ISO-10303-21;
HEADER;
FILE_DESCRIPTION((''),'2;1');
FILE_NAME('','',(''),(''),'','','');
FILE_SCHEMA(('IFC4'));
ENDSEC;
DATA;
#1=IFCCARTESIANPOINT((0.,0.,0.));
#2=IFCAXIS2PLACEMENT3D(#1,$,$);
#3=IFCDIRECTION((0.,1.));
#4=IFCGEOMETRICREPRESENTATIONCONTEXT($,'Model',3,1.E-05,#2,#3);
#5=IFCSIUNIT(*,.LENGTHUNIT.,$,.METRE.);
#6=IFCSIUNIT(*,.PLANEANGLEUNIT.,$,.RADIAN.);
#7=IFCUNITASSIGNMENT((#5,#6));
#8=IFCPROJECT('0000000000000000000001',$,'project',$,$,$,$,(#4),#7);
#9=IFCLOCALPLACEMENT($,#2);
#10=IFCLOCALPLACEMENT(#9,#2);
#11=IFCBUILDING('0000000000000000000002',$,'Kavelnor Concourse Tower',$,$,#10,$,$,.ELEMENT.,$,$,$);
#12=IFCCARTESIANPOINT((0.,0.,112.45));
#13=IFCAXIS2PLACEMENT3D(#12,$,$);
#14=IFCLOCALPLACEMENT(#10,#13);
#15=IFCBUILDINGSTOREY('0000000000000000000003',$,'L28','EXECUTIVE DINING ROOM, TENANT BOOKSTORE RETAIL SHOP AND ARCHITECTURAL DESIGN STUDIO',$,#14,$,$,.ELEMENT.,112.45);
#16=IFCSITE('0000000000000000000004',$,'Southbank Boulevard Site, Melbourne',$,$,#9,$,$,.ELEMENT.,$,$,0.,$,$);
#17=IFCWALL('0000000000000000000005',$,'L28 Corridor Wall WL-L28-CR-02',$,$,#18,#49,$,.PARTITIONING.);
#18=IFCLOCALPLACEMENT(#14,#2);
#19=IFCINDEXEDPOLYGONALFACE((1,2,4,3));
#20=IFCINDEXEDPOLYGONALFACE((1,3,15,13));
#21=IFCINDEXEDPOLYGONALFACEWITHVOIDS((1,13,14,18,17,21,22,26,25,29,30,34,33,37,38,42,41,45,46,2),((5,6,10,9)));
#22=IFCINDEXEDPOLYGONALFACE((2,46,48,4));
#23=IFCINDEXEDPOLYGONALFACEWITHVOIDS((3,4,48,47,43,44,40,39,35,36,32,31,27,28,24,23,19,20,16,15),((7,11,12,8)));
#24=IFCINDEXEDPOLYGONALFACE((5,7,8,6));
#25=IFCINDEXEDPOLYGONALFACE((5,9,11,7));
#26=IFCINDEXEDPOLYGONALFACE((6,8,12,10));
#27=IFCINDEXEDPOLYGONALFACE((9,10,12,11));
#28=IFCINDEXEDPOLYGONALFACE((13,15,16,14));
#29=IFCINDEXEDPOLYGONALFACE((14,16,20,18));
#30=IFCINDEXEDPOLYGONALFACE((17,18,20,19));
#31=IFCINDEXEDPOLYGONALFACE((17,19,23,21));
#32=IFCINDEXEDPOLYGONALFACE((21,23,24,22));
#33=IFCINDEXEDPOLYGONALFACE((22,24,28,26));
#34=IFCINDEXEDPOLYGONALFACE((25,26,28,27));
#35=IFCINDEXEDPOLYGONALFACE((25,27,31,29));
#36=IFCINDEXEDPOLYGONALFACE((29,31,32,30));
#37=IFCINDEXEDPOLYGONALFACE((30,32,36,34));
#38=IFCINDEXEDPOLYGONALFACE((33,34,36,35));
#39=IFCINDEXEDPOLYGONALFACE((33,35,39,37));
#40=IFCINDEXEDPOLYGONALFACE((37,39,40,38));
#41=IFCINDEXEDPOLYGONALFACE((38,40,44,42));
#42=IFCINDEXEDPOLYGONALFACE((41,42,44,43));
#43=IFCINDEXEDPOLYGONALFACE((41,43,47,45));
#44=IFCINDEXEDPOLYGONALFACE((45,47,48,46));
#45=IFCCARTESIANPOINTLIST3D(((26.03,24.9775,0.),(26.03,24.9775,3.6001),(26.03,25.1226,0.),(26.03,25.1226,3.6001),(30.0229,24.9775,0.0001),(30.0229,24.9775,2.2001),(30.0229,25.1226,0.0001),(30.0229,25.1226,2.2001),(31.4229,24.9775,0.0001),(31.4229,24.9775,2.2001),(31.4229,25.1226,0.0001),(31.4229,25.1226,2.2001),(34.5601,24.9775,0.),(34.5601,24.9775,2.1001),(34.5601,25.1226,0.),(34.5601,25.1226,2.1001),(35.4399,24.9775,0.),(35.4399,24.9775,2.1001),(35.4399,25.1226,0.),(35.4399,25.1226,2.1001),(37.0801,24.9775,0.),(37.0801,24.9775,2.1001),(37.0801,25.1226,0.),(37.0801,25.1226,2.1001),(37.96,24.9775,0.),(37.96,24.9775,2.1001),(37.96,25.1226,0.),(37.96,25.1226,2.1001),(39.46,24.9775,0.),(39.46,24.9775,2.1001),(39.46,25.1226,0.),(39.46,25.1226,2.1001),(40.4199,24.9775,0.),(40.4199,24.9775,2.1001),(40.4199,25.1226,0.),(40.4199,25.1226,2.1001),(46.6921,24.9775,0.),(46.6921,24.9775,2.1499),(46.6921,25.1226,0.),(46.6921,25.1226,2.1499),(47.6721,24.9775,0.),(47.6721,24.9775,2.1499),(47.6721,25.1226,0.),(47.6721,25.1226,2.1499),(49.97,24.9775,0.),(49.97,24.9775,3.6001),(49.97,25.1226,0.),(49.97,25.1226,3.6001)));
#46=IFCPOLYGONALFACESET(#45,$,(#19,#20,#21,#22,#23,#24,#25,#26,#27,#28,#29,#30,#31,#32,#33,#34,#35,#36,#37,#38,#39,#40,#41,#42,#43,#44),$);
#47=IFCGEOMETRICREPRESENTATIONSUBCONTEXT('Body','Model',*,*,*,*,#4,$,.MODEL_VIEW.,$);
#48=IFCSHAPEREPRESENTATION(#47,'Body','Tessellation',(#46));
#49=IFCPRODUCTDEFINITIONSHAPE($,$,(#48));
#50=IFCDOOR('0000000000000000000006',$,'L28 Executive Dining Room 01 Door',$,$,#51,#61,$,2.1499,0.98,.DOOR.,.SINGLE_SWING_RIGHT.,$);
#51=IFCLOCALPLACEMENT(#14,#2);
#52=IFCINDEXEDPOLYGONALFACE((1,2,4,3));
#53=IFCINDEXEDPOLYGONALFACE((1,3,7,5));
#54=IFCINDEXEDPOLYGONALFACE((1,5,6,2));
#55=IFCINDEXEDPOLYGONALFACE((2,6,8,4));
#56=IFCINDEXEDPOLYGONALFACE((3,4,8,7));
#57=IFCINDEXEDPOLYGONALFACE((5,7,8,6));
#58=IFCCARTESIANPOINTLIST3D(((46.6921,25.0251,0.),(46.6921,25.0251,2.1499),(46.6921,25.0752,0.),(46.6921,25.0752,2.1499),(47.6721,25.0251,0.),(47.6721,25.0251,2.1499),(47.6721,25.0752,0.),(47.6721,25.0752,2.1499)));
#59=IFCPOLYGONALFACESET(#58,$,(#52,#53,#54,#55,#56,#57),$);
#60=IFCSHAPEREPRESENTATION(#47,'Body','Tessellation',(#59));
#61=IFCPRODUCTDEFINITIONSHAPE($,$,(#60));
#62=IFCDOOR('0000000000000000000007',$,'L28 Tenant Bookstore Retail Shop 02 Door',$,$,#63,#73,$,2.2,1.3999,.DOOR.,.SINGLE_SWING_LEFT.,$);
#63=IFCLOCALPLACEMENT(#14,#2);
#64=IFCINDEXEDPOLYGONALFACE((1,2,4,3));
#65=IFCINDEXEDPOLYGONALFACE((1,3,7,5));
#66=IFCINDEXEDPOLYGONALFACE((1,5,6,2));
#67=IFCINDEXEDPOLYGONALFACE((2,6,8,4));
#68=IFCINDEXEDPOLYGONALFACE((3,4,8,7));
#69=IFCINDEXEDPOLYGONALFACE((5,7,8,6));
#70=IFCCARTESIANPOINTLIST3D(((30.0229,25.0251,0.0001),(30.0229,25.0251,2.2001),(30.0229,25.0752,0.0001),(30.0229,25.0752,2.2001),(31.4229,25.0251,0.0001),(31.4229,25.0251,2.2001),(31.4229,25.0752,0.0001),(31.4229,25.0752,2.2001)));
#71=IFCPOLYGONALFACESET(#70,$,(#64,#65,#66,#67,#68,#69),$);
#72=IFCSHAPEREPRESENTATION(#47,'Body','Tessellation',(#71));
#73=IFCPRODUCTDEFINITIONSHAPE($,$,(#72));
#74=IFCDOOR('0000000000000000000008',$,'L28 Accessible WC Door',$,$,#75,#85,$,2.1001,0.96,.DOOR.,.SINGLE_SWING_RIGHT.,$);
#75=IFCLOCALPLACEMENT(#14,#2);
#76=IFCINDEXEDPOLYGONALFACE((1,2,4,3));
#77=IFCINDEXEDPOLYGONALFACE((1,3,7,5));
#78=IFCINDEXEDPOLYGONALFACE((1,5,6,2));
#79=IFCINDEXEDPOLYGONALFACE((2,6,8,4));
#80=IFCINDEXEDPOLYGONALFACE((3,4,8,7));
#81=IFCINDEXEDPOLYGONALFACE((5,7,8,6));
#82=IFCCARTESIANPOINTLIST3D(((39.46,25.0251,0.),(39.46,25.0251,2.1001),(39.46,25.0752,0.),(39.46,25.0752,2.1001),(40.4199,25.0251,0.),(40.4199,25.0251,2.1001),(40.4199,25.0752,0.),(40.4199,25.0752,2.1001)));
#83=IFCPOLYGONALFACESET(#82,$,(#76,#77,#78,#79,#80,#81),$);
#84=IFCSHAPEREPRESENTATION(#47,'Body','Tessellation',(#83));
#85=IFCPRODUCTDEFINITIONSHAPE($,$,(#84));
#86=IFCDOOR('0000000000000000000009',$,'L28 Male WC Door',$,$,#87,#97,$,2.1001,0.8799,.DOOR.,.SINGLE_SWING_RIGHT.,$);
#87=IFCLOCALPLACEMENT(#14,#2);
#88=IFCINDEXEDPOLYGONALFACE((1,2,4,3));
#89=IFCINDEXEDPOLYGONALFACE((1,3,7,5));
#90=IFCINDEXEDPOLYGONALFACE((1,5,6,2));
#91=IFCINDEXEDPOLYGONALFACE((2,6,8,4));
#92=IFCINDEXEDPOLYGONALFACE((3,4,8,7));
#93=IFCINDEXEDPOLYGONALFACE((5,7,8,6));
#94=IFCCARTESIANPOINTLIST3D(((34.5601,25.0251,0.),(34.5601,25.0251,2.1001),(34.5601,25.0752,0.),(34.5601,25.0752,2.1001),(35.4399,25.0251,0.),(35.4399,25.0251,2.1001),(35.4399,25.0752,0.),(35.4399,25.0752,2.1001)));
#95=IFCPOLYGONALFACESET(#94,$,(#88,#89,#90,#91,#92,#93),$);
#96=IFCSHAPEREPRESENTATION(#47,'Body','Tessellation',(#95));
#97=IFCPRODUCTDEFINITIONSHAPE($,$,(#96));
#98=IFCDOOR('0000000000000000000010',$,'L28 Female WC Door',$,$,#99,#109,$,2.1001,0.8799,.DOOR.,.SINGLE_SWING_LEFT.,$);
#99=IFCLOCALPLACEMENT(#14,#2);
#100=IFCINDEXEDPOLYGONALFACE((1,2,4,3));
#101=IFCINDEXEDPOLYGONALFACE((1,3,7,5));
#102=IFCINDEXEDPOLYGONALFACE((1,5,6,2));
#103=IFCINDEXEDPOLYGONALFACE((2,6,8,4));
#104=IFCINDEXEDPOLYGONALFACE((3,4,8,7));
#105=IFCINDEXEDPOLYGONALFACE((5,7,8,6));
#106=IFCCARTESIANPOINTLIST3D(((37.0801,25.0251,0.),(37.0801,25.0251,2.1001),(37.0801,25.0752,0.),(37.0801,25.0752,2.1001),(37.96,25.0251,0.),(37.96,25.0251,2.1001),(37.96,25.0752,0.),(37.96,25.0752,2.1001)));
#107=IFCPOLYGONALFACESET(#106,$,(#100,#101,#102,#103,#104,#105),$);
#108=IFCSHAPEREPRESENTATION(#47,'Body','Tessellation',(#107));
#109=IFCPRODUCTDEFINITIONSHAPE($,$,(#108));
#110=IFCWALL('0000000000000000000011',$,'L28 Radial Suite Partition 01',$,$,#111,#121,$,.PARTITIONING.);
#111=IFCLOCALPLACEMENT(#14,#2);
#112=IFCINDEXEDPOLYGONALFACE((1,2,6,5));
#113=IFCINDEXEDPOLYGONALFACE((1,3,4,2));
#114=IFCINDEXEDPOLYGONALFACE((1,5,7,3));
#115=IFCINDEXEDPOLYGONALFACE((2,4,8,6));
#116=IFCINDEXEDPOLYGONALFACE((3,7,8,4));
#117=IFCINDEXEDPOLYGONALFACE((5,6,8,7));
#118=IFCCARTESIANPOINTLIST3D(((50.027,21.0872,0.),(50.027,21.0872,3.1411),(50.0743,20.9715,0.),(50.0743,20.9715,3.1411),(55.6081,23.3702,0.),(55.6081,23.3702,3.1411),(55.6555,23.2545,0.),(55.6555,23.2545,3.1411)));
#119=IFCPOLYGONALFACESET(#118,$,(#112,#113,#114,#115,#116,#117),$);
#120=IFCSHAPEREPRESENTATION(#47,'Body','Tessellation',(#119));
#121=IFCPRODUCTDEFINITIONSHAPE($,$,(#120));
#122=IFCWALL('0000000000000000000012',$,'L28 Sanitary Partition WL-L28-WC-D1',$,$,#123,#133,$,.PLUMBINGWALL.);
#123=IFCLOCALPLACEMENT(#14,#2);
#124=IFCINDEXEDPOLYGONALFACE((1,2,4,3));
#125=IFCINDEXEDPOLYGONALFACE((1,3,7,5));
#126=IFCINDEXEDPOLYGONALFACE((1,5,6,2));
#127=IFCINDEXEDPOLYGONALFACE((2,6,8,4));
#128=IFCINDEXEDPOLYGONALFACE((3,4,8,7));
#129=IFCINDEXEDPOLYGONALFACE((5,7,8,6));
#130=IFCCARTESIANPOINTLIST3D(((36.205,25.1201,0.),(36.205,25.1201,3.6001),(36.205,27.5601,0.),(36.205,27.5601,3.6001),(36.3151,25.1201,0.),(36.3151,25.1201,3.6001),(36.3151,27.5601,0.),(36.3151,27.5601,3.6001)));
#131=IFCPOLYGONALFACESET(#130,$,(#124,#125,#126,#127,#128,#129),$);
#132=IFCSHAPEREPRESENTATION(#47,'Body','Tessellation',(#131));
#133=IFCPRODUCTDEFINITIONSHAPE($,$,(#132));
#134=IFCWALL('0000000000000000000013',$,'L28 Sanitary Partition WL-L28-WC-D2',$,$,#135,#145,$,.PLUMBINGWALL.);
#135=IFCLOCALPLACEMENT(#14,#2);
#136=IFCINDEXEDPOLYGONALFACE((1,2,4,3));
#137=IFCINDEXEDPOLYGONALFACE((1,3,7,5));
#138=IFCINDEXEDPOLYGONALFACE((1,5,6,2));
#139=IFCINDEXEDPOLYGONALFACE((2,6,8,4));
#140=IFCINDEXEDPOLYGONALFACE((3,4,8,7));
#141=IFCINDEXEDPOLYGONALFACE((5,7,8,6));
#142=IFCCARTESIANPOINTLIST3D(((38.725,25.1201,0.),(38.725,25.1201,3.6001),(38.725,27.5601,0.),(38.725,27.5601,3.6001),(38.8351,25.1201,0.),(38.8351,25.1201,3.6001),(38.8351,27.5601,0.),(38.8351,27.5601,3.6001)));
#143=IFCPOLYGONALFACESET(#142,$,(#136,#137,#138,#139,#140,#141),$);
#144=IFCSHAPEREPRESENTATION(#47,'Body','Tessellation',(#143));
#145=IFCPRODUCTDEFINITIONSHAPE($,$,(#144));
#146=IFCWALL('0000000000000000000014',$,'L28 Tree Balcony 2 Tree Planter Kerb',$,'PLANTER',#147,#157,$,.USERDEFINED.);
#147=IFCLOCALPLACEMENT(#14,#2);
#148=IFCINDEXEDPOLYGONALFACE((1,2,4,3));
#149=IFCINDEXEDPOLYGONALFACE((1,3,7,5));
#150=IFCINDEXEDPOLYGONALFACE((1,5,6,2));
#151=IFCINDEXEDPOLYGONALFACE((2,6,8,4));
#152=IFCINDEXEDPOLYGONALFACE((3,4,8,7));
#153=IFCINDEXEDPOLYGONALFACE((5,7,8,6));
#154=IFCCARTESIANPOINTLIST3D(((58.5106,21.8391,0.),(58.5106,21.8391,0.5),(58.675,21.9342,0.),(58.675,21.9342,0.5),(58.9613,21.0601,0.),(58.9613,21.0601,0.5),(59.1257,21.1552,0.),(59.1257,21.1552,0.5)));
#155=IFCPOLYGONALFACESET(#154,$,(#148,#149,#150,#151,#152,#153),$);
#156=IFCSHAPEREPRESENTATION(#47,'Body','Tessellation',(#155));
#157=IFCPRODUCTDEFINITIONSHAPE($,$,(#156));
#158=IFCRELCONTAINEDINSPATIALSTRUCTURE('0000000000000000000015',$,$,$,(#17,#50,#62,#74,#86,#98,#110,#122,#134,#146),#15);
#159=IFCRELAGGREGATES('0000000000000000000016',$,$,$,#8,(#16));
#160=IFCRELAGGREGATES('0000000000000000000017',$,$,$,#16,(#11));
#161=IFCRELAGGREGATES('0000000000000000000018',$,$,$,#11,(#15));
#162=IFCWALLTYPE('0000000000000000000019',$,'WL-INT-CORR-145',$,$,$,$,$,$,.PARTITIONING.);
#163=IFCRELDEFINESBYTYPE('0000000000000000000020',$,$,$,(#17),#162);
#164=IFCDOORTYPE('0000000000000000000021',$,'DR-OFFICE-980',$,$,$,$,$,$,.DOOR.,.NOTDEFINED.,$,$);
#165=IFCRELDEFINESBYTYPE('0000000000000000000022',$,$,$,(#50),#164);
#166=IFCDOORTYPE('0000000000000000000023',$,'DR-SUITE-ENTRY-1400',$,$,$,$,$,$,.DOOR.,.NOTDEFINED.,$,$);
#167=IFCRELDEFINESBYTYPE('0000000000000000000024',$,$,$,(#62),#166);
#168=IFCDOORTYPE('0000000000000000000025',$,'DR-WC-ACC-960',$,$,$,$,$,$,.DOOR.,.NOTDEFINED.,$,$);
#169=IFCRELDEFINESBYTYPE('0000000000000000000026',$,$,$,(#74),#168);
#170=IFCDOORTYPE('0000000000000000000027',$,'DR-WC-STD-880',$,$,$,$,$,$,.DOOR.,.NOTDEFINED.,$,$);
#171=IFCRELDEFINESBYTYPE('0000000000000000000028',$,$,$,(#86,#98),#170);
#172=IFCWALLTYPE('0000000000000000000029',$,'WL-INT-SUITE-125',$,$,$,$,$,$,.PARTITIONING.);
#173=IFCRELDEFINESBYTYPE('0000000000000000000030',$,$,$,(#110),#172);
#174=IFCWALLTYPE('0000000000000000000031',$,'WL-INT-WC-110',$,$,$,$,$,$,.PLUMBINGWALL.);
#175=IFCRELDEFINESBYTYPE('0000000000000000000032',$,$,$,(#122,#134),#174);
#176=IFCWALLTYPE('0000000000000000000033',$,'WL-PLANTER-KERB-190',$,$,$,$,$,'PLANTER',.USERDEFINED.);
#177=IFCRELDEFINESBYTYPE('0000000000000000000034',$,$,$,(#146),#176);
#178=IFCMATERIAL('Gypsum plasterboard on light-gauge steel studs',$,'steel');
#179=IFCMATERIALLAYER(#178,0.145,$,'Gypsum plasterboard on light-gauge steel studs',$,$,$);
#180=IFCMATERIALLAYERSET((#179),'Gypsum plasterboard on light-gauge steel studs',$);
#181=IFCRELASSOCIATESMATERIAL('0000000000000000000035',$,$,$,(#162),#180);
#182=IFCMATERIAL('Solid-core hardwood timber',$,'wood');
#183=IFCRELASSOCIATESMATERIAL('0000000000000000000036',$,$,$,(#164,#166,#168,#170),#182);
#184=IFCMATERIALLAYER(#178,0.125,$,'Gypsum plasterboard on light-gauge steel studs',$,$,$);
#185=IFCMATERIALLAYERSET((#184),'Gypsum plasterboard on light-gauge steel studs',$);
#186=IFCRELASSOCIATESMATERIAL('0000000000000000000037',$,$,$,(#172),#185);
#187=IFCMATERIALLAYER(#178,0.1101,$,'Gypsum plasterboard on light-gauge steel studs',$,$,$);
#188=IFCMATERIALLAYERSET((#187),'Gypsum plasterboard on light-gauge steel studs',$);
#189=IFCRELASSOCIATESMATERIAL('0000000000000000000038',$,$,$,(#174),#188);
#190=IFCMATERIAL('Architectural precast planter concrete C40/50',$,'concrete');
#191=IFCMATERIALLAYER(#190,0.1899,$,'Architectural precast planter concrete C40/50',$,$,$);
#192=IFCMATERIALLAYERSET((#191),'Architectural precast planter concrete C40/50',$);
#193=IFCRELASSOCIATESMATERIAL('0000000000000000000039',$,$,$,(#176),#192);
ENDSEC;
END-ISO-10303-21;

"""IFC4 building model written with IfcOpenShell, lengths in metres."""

from ifc_helpers import new_model, si_unit, direction, frame, frame_2d, origin, place, context, subcontext, project, spatial, rectangle, extrude, material, layer, layer_set, type_object, element, fill, save


model = new_model("IFC4")

# Units and contexts
model_context = context("Model", 3, precision=1e-05, world=origin(), true_north=direction((0.0, 1.0)))
body_context = subcontext(model_context, "Body", "Model", "MODEL_VIEW")
ifc_project = project(units=[si_unit("LENGTHUNIT", "METRE"), si_unit("PLANEANGLEUNIT", "RADIAN")], contexts=[model_context])

# Site, building, storey
site_placement = place(None, origin())
site = spatial("IfcSite", under=ifc_project, at=site_placement, Name="Southbank Boulevard Site, Melbourne", CompositionType="ELEMENT", RefElevation=0.0)
building_placement = place(site_placement, origin())
building = spatial("IfcBuilding", under=site, at=building_placement, Name="Kavelnor Concourse Tower", CompositionType="ELEMENT")
storey_placement = place(building_placement, frame((0.0, 0.0, 112.45)))
storey = spatial("IfcBuildingStorey", under=building, at=storey_placement, Name="L28", Description="EXECUTIVE DINING ROOM, TENANT BOOKSTORE RETAIL SHOP AND ARCHITECTURAL DESIGN STUDIO", CompositionType="ELEMENT", Elevation=112.45)

# Wall, openings, doors
ifc_material_1 = material(Name="Gypsum plasterboard on light-gauge steel studs", Category="steel")
ifc_layer_1 = layer(ifc_material_1, 0.145, Name="Gypsum plasterboard on light-gauge steel studs")
ifc_layer_set_1 = layer_set([ifc_layer_1], Name="Gypsum plasterboard on light-gauge steel studs")
wall_type_1 = type_object("IfcWallType", Name="WL-INT-CORR-145", PredefinedType="PARTITIONING", material=ifc_layer_set_1)
wall_1_placement = place(storey_placement, frame((49.97, 25.05, 0.0), z_axis=(0.0, 0.0, 1.0), x_axis=(-1.0, 0.0, 0.0)))
wall_1 = element("IfcWall", 1, at=wall_1_placement, inside=storey, type_object=wall_type_1, Name="L28 Corridor Wall WL-L28-CR-02", PredefinedType="PARTITIONING", context=body_context, shape_type="SweptSolid", body=[
    extrude(rectangle(XDim=23.9399, YDim=0.145, at=frame_2d((11.97, 0.0))), origin(), (0.0, 0.0, 1.0), 3.6001),
])
opening_1_placement = place(wall_1_placement, frame((14.53, 0.0, 0.0)))
opening_1 = element("IfcOpeningElement", 2, at=opening_1_placement, cuts=wall_1, PredefinedType="OPENING", context=body_context, shape_type="SweptSolid", body=[
    extrude(rectangle(XDim=0.8799, YDim=2.1001, at=frame_2d((0.4399, 1.05))), frame((0.0, 0.0825, 0.0), z_axis=(0.0, -1.0, 0.0), x_axis=(1.0, 0.0, 0.0)), (0.0, 0.0, 1.0), 0.165),
])
opening_2_placement = place(wall_1_placement, frame((12.01, 0.0, 0.0)))
opening_2 = element("IfcOpeningElement", 3, at=opening_2_placement, cuts=wall_1, PredefinedType="OPENING", context=body_context, shape_type="SweptSolid", body=[
    extrude(rectangle(XDim=0.8799, YDim=2.1001, at=frame_2d((0.4399, 1.05))), frame((0.0, 0.0825, 0.0), z_axis=(0.0, -1.0, 0.0), x_axis=(1.0, 0.0, 0.0)), (0.0, 0.0, 1.0), 0.165),
])
opening_3_placement = place(wall_1_placement, frame((9.55, 0.0, 0.0)))
opening_3 = element("IfcOpeningElement", 4, at=opening_3_placement, cuts=wall_1, PredefinedType="OPENING", context=body_context, shape_type="SweptSolid", body=[
    extrude(rectangle(XDim=0.96, YDim=2.1001, at=frame_2d((0.48, 1.05))), frame((0.0, 0.0825, 0.0), z_axis=(0.0, -1.0, 0.0), x_axis=(1.0, 0.0, 0.0)), (0.0, 0.0, 1.0), 0.165),
])
opening_4_placement = place(wall_1_placement, frame((2.2979, 0.0, 0.0)))
opening_4 = element("IfcOpeningElement", 5, at=opening_4_placement, cuts=wall_1, PredefinedType="OPENING", context=body_context, shape_type="SweptSolid", body=[
    extrude(rectangle(XDim=0.98, YDim=2.1499, at=frame_2d((0.49, 1.075))), frame((0.0, 0.0825, 0.0), z_axis=(0.0, -1.0, 0.0), x_axis=(1.0, 0.0, 0.0)), (0.0, 0.0, 1.0), 0.165),
])
opening_5_placement = place(wall_1_placement, frame((18.5471, 0.0, 0.0)))
opening_5 = element("IfcOpeningElement", 6, at=opening_5_placement, cuts=wall_1, PredefinedType="OPENING", context=body_context, shape_type="SweptSolid", body=[
    extrude(rectangle(XDim=1.3999, YDim=2.2, at=frame_2d((0.7, 1.1001))), frame((0.0, 0.0825, 0.0), z_axis=(0.0, -1.0, 0.0), x_axis=(1.0, 0.0, 0.0)), (0.0, 0.0, 1.0), 0.165),
])
ifc_material_2 = material(Name="Solid-core hardwood timber", Category="wood")
door_type_1 = type_object("IfcDoorType", Name="DR-OFFICE-980", OperationType="NOTDEFINED", PredefinedType="DOOR", material=ifc_material_2)
door_1_placement = place(opening_4_placement, origin())
door_1 = element("IfcDoor", 7, at=door_1_placement, inside=storey, type_object=door_type_1, Name="L28 Executive Dining Room 01 Door", OperationType="SINGLE_SWING_RIGHT", OverallHeight=2.1499, OverallWidth=0.98, PredefinedType="DOOR", context=body_context, shape_type="SweptSolid", body=[
    extrude(rectangle(XDim=0.98, YDim=2.1499, at=frame_2d((0.49, 1.075))), frame((0.0, 0.0249, 0.0), z_axis=(0.0, -1.0, 0.0), x_axis=(1.0, 0.0, 0.0)), (0.0, 0.0, 1.0), 0.05),
])
fill(opening_4, door_1)
door_type_2 = type_object("IfcDoorType", Name="DR-SUITE-ENTRY-1400", OperationType="NOTDEFINED", PredefinedType="DOOR", material=ifc_material_2)
door_2_placement = place(opening_5_placement, origin())
door_2 = element("IfcDoor", 8, at=door_2_placement, inside=storey, type_object=door_type_2, Name="L28 Tenant Bookstore Retail Shop 02 Door", OperationType="SINGLE_SWING_LEFT", OverallHeight=2.2, OverallWidth=1.3999, PredefinedType="DOOR", context=body_context, shape_type="SweptSolid", body=[
    extrude(rectangle(XDim=1.3999, YDim=2.2, at=frame_2d((0.7, 1.1001))), frame((0.0, 0.0249, 0.0), z_axis=(0.0, -1.0, 0.0), x_axis=(1.0, 0.0, 0.0)), (0.0, 0.0, 1.0), 0.05),
])
fill(opening_5, door_2)
door_type_3 = type_object("IfcDoorType", Name="DR-WC-ACC-960", OperationType="NOTDEFINED", PredefinedType="DOOR", material=ifc_material_2)
door_3_placement = place(opening_3_placement, origin())
door_3 = element("IfcDoor", 9, at=door_3_placement, inside=storey, type_object=door_type_3, Name="L28 Accessible WC Door", OperationType="SINGLE_SWING_RIGHT", OverallHeight=2.1001, OverallWidth=0.96, PredefinedType="DOOR", context=body_context, shape_type="SweptSolid", body=[
    extrude(rectangle(XDim=0.96, YDim=2.1001, at=frame_2d((0.48, 1.05))), frame((0.0, 0.0249, 0.0), z_axis=(0.0, -1.0, 0.0), x_axis=(1.0, 0.0, 0.0)), (0.0, 0.0, 1.0), 0.05),
])
fill(opening_3, door_3)
door_type_4 = type_object("IfcDoorType", Name="DR-WC-STD-880", OperationType="NOTDEFINED", PredefinedType="DOOR", material=ifc_material_2)
door_4_placement = place(opening_1_placement, origin())
door_4 = element("IfcDoor", 10, at=door_4_placement, inside=storey, type_object=door_type_4, Name="L28 Male WC Door", OperationType="SINGLE_SWING_RIGHT", OverallHeight=2.1001, OverallWidth=0.8799, PredefinedType="DOOR", context=body_context, shape_type="SweptSolid", body=[
    extrude(rectangle(XDim=0.8799, YDim=2.1001, at=frame_2d((0.4399, 1.05))), frame((0.0, 0.0249, 0.0), z_axis=(0.0, -1.0, 0.0), x_axis=(1.0, 0.0, 0.0)), (0.0, 0.0, 1.0), 0.05),
])
fill(opening_1, door_4)
door_5_placement = place(opening_2_placement, origin())
door_5 = element("IfcDoor", 11, at=door_5_placement, inside=storey, type_object=door_type_4, Name="L28 Female WC Door", OperationType="SINGLE_SWING_LEFT", OverallHeight=2.1001, OverallWidth=0.8799, PredefinedType="DOOR", context=body_context, shape_type="SweptSolid", body=[
    extrude(rectangle(XDim=0.8799, YDim=2.1001, at=frame_2d((0.4399, 1.05))), frame((0.0, 0.0249, 0.0), z_axis=(0.0, -1.0, 0.0), x_axis=(1.0, 0.0, 0.0)), (0.0, 0.0, 1.0), 0.05),
])
fill(opening_2, door_5)

# Walls
ifc_layer_2 = layer(ifc_material_1, 0.125, Name="Gypsum plasterboard on light-gauge steel studs")
ifc_layer_set_2 = layer_set([ifc_layer_2], Name="Gypsum plasterboard on light-gauge steel studs")
wall_type_2 = type_object("IfcWallType", Name="WL-INT-SUITE-125", PredefinedType="PARTITIONING", material=ifc_layer_set_2)
wall_2_placement = place(storey_placement, frame((50.0505, 21.0293, 0.0), z_axis=(0.0, 0.0, 1.0), x_axis=(0.925559, 0.378604, 0.0)))
element("IfcWall", 12, at=wall_2_placement, inside=storey, type_object=wall_type_2, Name="L28 Radial Suite Partition 01", PredefinedType="PARTITIONING", context=body_context, shape_type="SweptSolid", body=[
    extrude(rectangle(XDim=6.03, YDim=0.125, at=frame_2d((3.0151, 0.0))), origin(), (0.0, 0.0, 1.0), 3.1411),
])
ifc_layer_3 = layer(ifc_material_1, 0.1101, Name="Gypsum plasterboard on light-gauge steel studs")
ifc_layer_set_3 = layer_set([ifc_layer_3], Name="Gypsum plasterboard on light-gauge steel studs")
wall_type_3 = type_object("IfcWallType", Name="WL-INT-WC-110", PredefinedType="PLUMBINGWALL", material=ifc_layer_set_3)
for number, where, z_axis, x_axis, name in (
    (13, (36.26, 25.1201, 0.0), (0.0, 0.0, 1.0), (0.0, 1.0, 0.0), "L28 Sanitary Partition WL-L28-WC-D1"),
    (14, (38.78, 25.1201, 0.0), (0.0, 0.0, 1.0), (0.0, 1.0, 0.0), "L28 Sanitary Partition WL-L28-WC-D2"),
):
    element("IfcWall", number, at=place(storey_placement, frame(where, z_axis=z_axis, x_axis=x_axis)), inside=storey, type_object=wall_type_3, Name=name, PredefinedType="PLUMBINGWALL", context=body_context, shape_type="SweptSolid", body=[
        extrude(rectangle(XDim=2.4399, YDim=0.1101, at=frame_2d((1.22, 0.0))), origin(), (0.0, 0.0, 1.0), 3.6001),
    ])
ifc_material_3 = material(Name="Architectural precast planter concrete C40/50", Category="concrete")
ifc_layer_4 = layer(ifc_material_3, 0.1899, Name="Architectural precast planter concrete C40/50")
ifc_layer_set_4 = layer_set([ifc_layer_4], Name="Architectural precast planter concrete C40/50")
wall_type_4 = type_object("IfcWallType", Name="WL-PLANTER-KERB-190", ElementType="PLANTER", PredefinedType="USERDEFINED", material=ifc_layer_set_4)
wall_3_placement = place(storey_placement, frame((59.0435, 21.1077, 0.0), z_axis=(0.0, 0.0, 1.0), x_axis=(-0.500748, 0.865593, 0.0)))
element("IfcWall", 15, at=wall_3_placement, inside=storey, type_object=wall_type_4, Name="L28 Tree Balcony 2 Tree Planter Kerb", ObjectType="PLANTER", PredefinedType="USERDEFINED", context=body_context, shape_type="SweptSolid", body=[
    extrude(rectangle(XDim=0.8999, YDim=0.1899, at=frame_2d((0.45, 0.0))), origin(), (0.0, 0.0, 1.0), 0.5),
])

save(model, "model.ifc")
